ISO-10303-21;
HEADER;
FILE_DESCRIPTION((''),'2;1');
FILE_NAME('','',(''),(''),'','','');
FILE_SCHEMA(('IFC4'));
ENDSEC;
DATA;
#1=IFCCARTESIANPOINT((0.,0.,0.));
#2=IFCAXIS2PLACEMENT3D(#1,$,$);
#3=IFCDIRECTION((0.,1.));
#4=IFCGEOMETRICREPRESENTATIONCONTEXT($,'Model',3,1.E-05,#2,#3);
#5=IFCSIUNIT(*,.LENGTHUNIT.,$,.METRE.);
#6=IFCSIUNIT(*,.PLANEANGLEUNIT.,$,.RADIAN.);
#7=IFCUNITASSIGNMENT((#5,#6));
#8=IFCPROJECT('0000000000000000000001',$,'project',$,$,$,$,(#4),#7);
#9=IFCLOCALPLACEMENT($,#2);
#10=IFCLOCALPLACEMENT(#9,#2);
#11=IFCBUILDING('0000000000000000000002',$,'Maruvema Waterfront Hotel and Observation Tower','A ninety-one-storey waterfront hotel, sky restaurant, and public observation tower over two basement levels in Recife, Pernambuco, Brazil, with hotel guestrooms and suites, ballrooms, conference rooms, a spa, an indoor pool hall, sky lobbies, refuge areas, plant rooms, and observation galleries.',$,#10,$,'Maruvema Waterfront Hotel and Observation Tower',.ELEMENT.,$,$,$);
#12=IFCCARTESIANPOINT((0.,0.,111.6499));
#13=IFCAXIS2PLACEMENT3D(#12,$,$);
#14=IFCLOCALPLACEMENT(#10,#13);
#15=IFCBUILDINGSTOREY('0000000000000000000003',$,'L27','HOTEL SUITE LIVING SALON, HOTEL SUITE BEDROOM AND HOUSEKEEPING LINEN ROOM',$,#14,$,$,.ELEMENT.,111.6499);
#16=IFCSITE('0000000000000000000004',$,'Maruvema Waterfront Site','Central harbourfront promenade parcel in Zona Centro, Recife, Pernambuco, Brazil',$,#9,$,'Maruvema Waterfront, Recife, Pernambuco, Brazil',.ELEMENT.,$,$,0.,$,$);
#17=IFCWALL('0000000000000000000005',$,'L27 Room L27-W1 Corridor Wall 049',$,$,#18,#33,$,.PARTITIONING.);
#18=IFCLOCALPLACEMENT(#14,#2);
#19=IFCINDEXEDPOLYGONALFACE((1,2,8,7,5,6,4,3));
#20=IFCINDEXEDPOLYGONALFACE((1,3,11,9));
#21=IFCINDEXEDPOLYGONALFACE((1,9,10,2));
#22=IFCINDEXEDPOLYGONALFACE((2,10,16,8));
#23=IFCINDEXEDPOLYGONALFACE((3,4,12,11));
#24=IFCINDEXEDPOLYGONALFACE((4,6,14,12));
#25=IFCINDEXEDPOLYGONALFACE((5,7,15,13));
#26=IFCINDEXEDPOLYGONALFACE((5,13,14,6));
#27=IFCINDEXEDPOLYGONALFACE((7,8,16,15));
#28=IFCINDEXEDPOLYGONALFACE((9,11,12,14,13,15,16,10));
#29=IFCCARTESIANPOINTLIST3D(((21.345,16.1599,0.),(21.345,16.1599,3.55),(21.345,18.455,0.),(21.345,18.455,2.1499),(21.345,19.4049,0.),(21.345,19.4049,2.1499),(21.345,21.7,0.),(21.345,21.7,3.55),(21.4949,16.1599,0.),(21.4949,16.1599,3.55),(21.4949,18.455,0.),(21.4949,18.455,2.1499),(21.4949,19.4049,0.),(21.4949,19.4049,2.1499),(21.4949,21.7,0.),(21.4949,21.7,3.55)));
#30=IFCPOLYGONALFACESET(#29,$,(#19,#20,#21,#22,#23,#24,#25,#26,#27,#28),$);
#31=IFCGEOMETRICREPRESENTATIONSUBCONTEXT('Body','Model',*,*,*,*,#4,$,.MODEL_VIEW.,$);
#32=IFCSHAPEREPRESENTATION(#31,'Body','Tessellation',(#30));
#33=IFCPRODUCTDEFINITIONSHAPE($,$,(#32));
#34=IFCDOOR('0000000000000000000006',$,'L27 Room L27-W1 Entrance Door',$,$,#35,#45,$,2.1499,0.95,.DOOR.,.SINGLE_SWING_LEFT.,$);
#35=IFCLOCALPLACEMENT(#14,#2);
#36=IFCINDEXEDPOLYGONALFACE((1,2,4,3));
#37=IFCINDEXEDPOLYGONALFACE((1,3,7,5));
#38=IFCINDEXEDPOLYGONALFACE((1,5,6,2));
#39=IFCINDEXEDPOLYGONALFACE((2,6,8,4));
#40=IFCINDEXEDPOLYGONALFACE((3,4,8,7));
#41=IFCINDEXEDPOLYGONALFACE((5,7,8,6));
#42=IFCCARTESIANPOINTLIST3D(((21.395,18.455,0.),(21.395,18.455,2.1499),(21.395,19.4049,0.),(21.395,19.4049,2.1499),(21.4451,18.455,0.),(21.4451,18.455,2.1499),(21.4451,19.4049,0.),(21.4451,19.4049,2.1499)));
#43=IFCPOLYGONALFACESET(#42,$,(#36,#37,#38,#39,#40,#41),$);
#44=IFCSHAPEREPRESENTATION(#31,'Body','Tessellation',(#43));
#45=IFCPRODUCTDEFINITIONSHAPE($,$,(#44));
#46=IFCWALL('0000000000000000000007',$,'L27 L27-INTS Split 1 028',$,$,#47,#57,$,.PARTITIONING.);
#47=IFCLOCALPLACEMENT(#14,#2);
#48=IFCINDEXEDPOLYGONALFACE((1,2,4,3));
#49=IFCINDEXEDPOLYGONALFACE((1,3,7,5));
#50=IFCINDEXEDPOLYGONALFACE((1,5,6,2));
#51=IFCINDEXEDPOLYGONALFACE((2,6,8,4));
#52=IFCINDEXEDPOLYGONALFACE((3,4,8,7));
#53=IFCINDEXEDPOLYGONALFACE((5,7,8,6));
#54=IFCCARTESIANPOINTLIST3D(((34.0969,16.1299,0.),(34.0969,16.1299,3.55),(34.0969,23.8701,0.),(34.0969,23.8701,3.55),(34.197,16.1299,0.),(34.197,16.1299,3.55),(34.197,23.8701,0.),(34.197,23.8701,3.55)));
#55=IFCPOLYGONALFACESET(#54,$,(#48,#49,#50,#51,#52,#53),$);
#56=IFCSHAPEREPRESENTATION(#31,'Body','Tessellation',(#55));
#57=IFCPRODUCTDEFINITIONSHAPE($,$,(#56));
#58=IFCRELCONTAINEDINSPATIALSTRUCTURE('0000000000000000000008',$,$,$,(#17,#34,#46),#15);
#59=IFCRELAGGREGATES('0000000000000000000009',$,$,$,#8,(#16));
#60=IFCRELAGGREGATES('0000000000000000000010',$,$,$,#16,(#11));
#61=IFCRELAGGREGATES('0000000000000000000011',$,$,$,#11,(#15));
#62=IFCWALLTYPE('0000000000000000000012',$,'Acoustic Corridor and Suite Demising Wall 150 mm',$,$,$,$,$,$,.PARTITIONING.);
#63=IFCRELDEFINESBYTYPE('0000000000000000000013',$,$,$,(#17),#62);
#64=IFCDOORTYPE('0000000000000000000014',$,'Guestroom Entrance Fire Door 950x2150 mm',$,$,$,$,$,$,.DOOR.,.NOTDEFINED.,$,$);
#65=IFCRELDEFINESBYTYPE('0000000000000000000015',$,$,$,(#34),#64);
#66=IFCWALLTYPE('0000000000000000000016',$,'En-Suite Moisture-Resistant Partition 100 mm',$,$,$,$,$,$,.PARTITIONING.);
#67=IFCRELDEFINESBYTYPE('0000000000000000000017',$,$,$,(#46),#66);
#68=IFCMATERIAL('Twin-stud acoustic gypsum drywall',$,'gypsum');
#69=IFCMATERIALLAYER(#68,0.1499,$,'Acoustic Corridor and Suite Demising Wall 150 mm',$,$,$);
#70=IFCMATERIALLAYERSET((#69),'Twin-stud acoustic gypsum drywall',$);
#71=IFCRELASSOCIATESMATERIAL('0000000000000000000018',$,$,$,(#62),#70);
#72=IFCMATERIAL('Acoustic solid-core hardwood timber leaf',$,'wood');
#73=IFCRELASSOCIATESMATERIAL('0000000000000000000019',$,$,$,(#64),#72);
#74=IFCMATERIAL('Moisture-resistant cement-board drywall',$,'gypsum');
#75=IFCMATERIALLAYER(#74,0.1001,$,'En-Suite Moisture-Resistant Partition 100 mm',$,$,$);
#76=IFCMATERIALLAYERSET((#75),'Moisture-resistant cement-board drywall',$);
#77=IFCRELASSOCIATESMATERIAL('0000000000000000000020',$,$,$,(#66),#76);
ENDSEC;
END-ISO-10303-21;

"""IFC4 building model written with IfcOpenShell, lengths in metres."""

from ifc_helpers import new_model, si_unit, direction, frame, frame_2d, origin, place, context, subcontext, project, spatial, rectangle, extrude, material, layer, layer_set, type_object, element, fill, save


model = new_model("IFC4")

# Units and contexts
model_context = context("Model", 3, precision=1e-05, world=origin(), true_north=direction((0.0, 1.0)))
body_context = subcontext(model_context, "Body", "Model", "MODEL_VIEW")
ifc_project = project(units=[si_unit("LENGTHUNIT", "METRE"), si_unit("PLANEANGLEUNIT", "RADIAN")], contexts=[model_context])

# Site, building, storey
site_placement = place(None, origin())
site = spatial("IfcSite", under=ifc_project, at=site_placement, Name="Maruvema Waterfront Site", Description="Central harbourfront promenade parcel in Zona Centro, Recife, Pernambuco, Brazil", LongName="Maruvema Waterfront, Recife, Pernambuco, Brazil", CompositionType="ELEMENT", RefElevation=0.0)
building_placement = place(site_placement, origin())
building = spatial("IfcBuilding", under=site, at=building_placement, Name="Maruvema Waterfront Hotel and Observation Tower", Description="A ninety-one-storey waterfront hotel, sky restaurant, and public observation tower over two basement levels in Recife, Pernambuco, Brazil, with hotel guestrooms and suites, ballrooms, conference rooms, a spa, an indoor pool hall, sky lobbies, refuge areas, plant rooms, and observation galleries.", LongName="Maruvema Waterfront Hotel and Observation Tower", CompositionType="ELEMENT")
storey_placement = place(building_placement, frame((0.0, 0.0, 111.6499)))
storey = spatial("IfcBuildingStorey", under=building, at=storey_placement, Name="L27", Description="HOTEL SUITE LIVING SALON, HOTEL SUITE BEDROOM AND HOUSEKEEPING LINEN ROOM", CompositionType="ELEMENT", Elevation=111.6499)

# Shared definitions
ifc_material_1 = material(Name="Twin-stud acoustic gypsum drywall", Category="gypsum")
ifc_layer_1 = layer(ifc_material_1, 0.1499, Name="Acoustic Corridor and Suite Demising Wall 150 mm")
ifc_layer_set_1 = layer_set([ifc_layer_1], Name="Twin-stud acoustic gypsum drywall")
wall_type_1 = type_object("IfcWallType", Name="Acoustic Corridor and Suite Demising Wall 150 mm", PredefinedType="PARTITIONING", material=ifc_layer_set_1)

# Wall, opening, door
ifc_material_2 = material(Name="Acoustic solid-core hardwood timber leaf", Category="wood")
door_type_1 = type_object("IfcDoorType", Name="Guestroom Entrance Fire Door 950x2150 mm", OperationType="NOTDEFINED", PredefinedType="DOOR", material=ifc_material_2)
wall_1_placement = place(storey_placement, frame((21.4199, 16.1599, 0.0), z_axis=(0.0, 0.0, 1.0), x_axis=(0.0, 1.0, 0.0)))
wall_1 = element("IfcWall", 1, at=wall_1_placement, inside=storey, type_object=wall_type_1, Name="L27 Room L27-W1 Corridor Wall 049", PredefinedType="PARTITIONING", context=body_context, shape_type="SweptSolid", body=[
    extrude(rectangle(XDim=5.54, YDim=0.1499, at=frame_2d((2.77, 0.0))), origin(), (0.0, 0.0, 1.0), 3.55),
])
opening_1_placement = place(wall_1_placement, frame((2.2949, 0.0, 0.0)))
opening_1 = element("IfcOpeningElement", 2, at=opening_1_placement, cuts=wall_1, PredefinedType="OPENING", context=body_context, shape_type="SweptSolid", body=[
    extrude(rectangle(XDim=0.95, YDim=2.1499, at=frame_2d((0.4751, 1.075))), frame((0.0, 0.085, 0.0), z_axis=(0.0, -1.0, 0.0), x_axis=(1.0, 0.0, 0.0)), (0.0, 0.0, 1.0), 0.1699),
])
door_1_placement = place(opening_1_placement, origin())
door_1 = element("IfcDoor", 3, at=door_1_placement, inside=storey, type_object=door_type_1, Name="L27 Room L27-W1 Entrance Door", OperationType="SINGLE_SWING_LEFT", OverallHeight=2.1499, OverallWidth=0.95, PredefinedType="DOOR", context=body_context, shape_type="SweptSolid", body=[
    extrude(rectangle(XDim=0.95, YDim=2.1499, at=frame_2d((0.4751, 1.075))), frame((0.0, 0.0249, 0.0), z_axis=(0.0, -1.0, 0.0), x_axis=(1.0, 0.0, 0.0)), (0.0, 0.0, 1.0), 0.05),
])
fill(opening_1, door_1)

# Wall
ifc_material_3 = material(Name="Moisture-resistant cement-board drywall", Category="gypsum")
ifc_layer_2 = layer(ifc_material_3, 0.1001, Name="En-Suite Moisture-Resistant Partition 100 mm")
ifc_layer_set_2 = layer_set([ifc_layer_2], Name="Moisture-resistant cement-board drywall")
wall_type_2 = type_object("IfcWallType", Name="En-Suite Moisture-Resistant Partition 100 mm", PredefinedType="PARTITIONING", material=ifc_layer_set_2)
wall_2_placement = place(storey_placement, frame((34.147, 16.1299, 0.0), z_axis=(0.0, 0.0, 1.0), x_axis=(0.0, 1.0, 0.0)))
element("IfcWall", 4, at=wall_2_placement, inside=storey, type_object=wall_type_2, Name="L27 L27-INTS Split 1 028", PredefinedType="PARTITIONING", context=body_context, shape_type="SweptSolid", body=[
    extrude(rectangle(XDim=7.7402, YDim=0.1001, at=frame_2d((3.8701, 0.0))), origin(), (0.0, 0.0, 1.0), 3.55),
])

save(model, "model.ifc")
